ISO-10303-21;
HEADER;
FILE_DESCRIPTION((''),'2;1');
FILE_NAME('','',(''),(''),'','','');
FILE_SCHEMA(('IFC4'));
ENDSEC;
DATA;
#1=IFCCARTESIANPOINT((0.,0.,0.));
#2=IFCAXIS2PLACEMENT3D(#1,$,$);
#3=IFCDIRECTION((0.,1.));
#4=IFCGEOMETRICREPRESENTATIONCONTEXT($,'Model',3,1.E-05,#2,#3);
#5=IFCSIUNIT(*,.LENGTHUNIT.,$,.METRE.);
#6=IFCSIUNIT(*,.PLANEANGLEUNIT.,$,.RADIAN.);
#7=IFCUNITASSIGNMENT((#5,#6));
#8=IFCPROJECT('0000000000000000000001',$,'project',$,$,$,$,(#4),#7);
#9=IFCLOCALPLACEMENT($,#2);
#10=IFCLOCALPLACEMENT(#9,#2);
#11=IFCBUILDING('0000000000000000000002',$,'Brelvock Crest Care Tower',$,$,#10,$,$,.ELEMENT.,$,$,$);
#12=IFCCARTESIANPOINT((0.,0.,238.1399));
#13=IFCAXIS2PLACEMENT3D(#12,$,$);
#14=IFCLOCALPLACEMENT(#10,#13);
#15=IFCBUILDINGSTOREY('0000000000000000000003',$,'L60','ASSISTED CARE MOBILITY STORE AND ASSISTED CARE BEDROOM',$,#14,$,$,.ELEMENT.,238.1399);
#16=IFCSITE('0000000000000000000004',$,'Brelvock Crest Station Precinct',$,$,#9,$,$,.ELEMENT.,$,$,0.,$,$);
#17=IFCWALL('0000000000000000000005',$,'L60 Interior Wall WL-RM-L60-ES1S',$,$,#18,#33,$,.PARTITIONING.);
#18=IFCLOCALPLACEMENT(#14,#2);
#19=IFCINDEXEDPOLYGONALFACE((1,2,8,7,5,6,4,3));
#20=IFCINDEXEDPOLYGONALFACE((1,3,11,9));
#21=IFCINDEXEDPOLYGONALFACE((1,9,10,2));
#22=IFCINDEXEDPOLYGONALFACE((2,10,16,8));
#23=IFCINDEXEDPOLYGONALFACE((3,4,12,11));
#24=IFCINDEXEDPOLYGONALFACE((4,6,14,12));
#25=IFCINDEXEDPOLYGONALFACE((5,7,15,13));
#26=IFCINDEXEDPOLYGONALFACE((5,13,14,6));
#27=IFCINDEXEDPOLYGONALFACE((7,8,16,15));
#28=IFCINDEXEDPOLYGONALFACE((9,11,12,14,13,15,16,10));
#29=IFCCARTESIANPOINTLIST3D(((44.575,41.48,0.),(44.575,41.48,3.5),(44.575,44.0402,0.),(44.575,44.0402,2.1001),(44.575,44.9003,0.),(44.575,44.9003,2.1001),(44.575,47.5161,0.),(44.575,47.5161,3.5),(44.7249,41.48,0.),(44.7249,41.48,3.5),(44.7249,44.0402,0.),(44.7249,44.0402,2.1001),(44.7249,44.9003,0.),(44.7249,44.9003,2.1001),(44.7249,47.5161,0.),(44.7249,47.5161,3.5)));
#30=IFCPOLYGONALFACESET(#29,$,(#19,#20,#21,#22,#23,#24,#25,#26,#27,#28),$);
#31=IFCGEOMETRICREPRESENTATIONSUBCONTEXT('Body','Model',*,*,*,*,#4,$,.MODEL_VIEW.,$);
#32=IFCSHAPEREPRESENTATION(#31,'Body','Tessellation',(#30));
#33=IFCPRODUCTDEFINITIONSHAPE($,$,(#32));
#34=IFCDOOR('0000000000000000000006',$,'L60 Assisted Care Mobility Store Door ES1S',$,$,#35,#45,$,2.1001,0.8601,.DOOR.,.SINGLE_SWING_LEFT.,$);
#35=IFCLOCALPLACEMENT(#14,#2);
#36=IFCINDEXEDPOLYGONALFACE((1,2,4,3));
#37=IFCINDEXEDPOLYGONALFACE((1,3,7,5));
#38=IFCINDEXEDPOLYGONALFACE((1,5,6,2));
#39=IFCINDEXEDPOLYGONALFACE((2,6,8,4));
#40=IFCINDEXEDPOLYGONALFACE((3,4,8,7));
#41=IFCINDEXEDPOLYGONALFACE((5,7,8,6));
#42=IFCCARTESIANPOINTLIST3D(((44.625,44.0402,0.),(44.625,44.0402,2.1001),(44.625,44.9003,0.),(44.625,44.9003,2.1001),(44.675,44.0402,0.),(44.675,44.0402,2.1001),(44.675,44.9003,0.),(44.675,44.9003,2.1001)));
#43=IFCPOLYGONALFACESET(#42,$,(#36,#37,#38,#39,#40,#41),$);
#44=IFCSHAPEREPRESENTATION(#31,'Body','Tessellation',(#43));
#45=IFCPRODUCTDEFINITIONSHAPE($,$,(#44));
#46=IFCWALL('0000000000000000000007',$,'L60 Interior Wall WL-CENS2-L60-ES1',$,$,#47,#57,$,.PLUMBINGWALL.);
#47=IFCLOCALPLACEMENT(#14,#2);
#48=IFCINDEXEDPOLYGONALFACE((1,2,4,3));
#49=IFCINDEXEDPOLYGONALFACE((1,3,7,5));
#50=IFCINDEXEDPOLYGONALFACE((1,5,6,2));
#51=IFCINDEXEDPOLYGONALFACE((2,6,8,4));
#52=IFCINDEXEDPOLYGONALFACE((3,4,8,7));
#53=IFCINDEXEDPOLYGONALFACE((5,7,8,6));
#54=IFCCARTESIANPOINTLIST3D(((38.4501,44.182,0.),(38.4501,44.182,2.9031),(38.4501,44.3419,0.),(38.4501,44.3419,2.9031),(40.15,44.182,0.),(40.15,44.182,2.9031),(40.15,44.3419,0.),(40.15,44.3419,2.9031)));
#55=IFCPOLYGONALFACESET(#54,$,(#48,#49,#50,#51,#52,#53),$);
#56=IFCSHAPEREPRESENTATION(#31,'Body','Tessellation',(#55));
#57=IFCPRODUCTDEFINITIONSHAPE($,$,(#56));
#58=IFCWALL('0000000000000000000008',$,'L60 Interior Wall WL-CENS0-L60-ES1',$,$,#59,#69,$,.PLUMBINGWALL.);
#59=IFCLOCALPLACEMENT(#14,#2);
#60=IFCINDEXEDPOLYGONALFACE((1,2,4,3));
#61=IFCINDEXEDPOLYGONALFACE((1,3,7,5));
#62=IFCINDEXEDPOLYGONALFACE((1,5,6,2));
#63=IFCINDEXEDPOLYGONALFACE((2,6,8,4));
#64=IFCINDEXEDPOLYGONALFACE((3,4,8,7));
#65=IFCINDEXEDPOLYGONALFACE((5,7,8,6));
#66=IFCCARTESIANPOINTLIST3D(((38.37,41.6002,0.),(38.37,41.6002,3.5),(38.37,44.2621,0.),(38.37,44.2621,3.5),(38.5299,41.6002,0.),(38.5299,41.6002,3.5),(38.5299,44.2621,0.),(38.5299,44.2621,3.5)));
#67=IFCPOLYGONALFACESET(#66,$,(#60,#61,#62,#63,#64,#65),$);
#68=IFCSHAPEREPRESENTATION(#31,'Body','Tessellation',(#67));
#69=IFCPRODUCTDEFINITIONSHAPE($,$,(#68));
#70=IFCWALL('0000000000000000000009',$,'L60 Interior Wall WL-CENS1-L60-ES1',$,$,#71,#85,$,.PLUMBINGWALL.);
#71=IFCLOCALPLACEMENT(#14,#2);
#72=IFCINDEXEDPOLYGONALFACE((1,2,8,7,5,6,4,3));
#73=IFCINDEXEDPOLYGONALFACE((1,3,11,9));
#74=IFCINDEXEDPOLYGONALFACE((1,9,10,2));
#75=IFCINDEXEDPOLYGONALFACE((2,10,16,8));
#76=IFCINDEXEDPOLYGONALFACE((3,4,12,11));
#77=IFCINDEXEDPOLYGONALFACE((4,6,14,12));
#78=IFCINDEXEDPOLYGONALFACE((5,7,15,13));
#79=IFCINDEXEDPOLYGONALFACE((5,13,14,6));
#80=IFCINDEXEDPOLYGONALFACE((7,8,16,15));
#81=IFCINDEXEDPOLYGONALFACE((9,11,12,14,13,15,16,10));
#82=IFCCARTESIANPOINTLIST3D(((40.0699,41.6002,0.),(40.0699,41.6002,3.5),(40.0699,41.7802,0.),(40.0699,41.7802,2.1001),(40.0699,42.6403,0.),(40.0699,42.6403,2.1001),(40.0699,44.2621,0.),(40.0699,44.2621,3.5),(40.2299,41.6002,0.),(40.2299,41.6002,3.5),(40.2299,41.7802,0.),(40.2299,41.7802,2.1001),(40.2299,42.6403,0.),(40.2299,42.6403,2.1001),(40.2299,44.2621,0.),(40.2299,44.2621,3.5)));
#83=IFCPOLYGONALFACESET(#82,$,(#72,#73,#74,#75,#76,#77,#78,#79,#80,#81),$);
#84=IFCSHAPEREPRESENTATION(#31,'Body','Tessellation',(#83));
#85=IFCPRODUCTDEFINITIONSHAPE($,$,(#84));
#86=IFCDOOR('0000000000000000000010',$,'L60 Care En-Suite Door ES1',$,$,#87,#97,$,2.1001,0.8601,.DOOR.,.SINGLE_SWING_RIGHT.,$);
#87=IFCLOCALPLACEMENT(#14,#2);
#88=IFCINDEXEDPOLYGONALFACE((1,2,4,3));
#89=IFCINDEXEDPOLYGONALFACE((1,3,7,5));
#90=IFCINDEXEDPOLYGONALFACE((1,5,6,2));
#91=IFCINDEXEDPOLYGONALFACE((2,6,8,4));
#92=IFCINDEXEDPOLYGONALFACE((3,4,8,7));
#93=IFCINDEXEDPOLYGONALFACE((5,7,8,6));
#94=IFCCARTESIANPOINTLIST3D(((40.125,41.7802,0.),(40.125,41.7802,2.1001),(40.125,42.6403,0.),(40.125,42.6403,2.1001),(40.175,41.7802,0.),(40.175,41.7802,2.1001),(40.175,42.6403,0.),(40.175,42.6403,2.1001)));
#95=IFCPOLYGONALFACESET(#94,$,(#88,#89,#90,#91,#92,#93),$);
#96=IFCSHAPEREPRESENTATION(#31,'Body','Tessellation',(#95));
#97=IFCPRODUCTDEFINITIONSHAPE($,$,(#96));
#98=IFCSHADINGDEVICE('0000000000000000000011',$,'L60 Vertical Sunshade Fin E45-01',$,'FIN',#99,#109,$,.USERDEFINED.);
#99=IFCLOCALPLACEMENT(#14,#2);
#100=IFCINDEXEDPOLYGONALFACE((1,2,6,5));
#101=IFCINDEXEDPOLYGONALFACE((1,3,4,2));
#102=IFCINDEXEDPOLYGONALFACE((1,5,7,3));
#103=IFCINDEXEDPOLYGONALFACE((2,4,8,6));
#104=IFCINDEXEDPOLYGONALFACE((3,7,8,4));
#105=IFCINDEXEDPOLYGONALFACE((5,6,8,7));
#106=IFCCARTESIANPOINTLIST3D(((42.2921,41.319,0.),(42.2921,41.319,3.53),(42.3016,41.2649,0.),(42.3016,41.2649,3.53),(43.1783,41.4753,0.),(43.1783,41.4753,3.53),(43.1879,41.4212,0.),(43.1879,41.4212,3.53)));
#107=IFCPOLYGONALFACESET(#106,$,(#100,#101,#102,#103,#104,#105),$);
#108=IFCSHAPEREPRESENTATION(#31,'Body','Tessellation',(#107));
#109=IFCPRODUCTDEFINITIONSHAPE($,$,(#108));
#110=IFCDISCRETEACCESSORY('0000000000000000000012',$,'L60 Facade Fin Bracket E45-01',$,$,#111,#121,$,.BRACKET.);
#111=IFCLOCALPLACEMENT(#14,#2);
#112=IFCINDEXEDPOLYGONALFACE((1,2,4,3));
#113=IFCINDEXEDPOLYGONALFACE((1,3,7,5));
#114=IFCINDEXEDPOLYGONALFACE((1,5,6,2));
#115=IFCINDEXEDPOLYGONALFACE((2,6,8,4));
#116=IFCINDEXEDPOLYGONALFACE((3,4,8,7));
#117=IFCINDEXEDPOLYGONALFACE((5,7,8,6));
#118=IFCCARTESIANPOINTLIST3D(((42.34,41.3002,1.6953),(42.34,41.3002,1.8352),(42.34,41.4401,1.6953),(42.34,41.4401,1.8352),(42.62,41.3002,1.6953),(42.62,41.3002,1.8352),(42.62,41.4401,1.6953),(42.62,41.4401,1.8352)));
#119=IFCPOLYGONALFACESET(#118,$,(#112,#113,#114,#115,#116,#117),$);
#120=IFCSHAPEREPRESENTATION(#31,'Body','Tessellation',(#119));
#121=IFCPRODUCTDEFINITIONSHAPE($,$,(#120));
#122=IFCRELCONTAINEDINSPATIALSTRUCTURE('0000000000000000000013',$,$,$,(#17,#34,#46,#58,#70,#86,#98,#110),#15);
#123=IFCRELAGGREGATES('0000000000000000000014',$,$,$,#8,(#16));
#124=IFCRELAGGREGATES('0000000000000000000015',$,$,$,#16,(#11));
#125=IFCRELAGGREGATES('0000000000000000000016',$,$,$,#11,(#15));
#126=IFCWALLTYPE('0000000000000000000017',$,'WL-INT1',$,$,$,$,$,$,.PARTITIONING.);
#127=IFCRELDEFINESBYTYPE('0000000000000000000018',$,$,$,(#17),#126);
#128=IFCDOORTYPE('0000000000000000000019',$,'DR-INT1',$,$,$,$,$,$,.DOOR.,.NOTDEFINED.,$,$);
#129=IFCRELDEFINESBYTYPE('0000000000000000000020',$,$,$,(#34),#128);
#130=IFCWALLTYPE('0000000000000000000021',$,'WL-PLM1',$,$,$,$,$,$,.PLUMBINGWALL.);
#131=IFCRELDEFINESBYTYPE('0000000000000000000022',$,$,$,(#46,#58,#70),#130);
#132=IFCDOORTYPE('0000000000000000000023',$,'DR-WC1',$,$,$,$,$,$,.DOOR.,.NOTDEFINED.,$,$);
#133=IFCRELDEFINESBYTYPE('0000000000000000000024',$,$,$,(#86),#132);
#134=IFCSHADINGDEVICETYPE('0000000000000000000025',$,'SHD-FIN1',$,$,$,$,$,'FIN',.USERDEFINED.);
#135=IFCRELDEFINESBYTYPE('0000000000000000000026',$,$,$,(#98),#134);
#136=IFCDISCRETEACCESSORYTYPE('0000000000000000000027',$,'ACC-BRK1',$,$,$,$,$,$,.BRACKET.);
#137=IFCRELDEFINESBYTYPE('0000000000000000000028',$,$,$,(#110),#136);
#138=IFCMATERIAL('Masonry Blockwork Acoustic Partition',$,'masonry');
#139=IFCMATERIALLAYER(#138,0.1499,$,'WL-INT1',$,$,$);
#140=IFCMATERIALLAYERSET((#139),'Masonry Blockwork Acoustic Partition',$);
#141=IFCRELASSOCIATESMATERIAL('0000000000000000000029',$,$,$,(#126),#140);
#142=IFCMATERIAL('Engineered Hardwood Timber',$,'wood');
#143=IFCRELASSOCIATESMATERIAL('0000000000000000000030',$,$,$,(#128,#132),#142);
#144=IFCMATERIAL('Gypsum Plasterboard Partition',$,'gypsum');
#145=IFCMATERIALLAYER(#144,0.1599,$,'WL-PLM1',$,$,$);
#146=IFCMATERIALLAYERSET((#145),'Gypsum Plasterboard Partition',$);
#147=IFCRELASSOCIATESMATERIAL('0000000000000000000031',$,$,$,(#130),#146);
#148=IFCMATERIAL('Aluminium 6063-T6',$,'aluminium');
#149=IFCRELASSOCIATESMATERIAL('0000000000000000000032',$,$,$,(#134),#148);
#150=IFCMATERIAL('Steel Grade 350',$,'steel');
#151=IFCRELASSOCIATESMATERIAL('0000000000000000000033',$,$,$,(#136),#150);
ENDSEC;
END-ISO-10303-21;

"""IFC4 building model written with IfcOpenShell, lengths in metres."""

from ifc_helpers import new_model, si_unit, direction, frame, frame_2d, origin, origin_2d, place, context, subcontext, project, spatial, rectangle, extrude, source, transform, mapped, material, layer, layer_set, material_profile, profile_set, type_object, element, fill, save


model = new_model("IFC4")

# Units and contexts
model_context = context("Model", 3, precision=1e-05, world=origin(), true_north=direction((0.0, 1.0)))
body_context = subcontext(model_context, "Body", "Model", "MODEL_VIEW")
ifc_project = project(units=[si_unit("LENGTHUNIT", "METRE"), si_unit("PLANEANGLEUNIT", "RADIAN")], contexts=[model_context])

# Site, building, storey
site_placement = place(None, origin())
site = spatial("IfcSite", under=ifc_project, at=site_placement, Name="Brelvock Crest Station Precinct", CompositionType="ELEMENT", RefElevation=0.0)
building_placement = place(site_placement, origin())
building = spatial("IfcBuilding", under=site, at=building_placement, Name="Brelvock Crest Care Tower", CompositionType="ELEMENT")
storey_placement = place(building_placement, frame((0.0, 0.0, 238.1399)))
storey = spatial("IfcBuildingStorey", under=building, at=storey_placement, Name="L60", Description="ASSISTED CARE MOBILITY STORE AND ASSISTED CARE BEDROOM", CompositionType="ELEMENT", Elevation=238.1399)

# Shared definitions
ifc_material_1 = material(Name="Steel Grade 350", Category="steel")

# Shared definitions
ifc_material_2 = material(Name="Aluminium 6063-T6", Category="aluminium")

# Shared definitions
ifc_material_3 = material(Name="Masonry Blockwork Acoustic Partition", Category="masonry")
ifc_layer_1 = layer(ifc_material_3, 0.1499, Name="WL-INT1")
ifc_layer_set_1 = layer_set([ifc_layer_1], Name="Masonry Blockwork Acoustic Partition")
wall_type_1 = type_object("IfcWallType", Name="WL-INT1", PredefinedType="PARTITIONING", material=ifc_layer_set_1)

# Wall, opening, door
ifc_material_4 = material(Name="Engineered Hardwood Timber", Category="wood")
wall_1_placement = place(storey_placement, frame((44.6499, 41.48, 0.0), z_axis=(0.0, 0.0, 1.0), x_axis=(0.0, 1.0, 0.0)))
wall_1 = element("IfcWall", 1, at=wall_1_placement, inside=storey, type_object=wall_type_1, Name="L60 Interior Wall WL-RM-L60-ES1S", PredefinedType="PARTITIONING", context=body_context, shape_type="SweptSolid", body=[
    extrude(rectangle(XDim=6.0361, YDim=0.1499, at=frame_2d((3.0181, 0.0))), origin(), (0.0, 0.0, 1.0), 3.5),
])
opening_1_placement = place(wall_1_placement, frame((2.5601, 0.0, 0.0)))
opening_1 = element("IfcOpeningElement", 2, at=opening_1_placement, cuts=wall_1, PredefinedType="OPENING", context=body_context, shape_type="SweptSolid", body=[
    extrude(rectangle(XDim=0.8601, YDim=2.1001, at=origin_2d()), frame((0.4302, 0.085, 1.05), z_axis=(0.0, -1.0, 0.0), x_axis=(1.0, 0.0, 0.0)), (0.0, 0.0, 1.0), 0.1699),
])
door_type_1 = type_object("IfcDoorType", Name="DR-INT1", OperationType="NOTDEFINED", PredefinedType="DOOR", material=ifc_material_4)
shared_shape_1 = source(origin(), body_context, "Body", "SweptSolid", [
    extrude(rectangle(XDim=0.8601, YDim=2.1001, at=origin_2d()), frame((0.4302, 0.0249, 1.05), z_axis=(0.0, -1.0, 0.0), x_axis=(1.0, 0.0, 0.0)), (0.0, 0.0, 1.0), 0.05),
])
door_1_placement = place(opening_1_placement, origin())
door_1 = element("IfcDoor", 3, at=door_1_placement, inside=storey, type_object=door_type_1, Name="L60 Assisted Care Mobility Store Door ES1S", OperationType="SINGLE_SWING_LEFT", OverallHeight=2.1001, OverallWidth=0.8601, PredefinedType="DOOR", context=body_context, shape_type="MappedRepresentation", body=[
    mapped(shared_shape_1, transform((0.0, 0.0, 0.0), x_axis=(1.0, 0.0, 0.0), y_axis=(0.0, 1.0, 0.0), z_axis=(0.0, 0.0, 1.0), scale=1.0)),
])
fill(opening_1, door_1)

# Walls
ifc_material_5 = material(Name="Gypsum Plasterboard Partition", Category="gypsum")
ifc_layer_2 = layer(ifc_material_5, 0.1599, Name="WL-PLM1")
ifc_layer_set_2 = layer_set([ifc_layer_2], Name="Gypsum Plasterboard Partition")
wall_type_2 = type_object("IfcWallType", Name="WL-PLM1", PredefinedType="PLUMBINGWALL", material=ifc_layer_set_2)
wall_2_placement = place(storey_placement, frame((38.45, 44.262, 0.0), z_axis=(0.0, 0.0, 1.0), x_axis=(1.0, 0.0, 0.0)))
element("IfcWall", 4, at=wall_2_placement, inside=storey, type_object=wall_type_2, Name="L60 Interior Wall WL-CENS2-L60-ES1", PredefinedType="PLUMBINGWALL", context=body_context, shape_type="SweptSolid", body=[
    extrude(rectangle(XDim=1.7, YDim=0.1599, at=frame_2d((0.8501, 0.0))), origin(), (0.0, 0.0, 1.0), 2.9031),
])
wall_3_placement = place(storey_placement, frame((38.45, 41.6001, 0.0), z_axis=(0.0, 0.0, 1.0), x_axis=(0.0, 1.0, 0.0)))
element("IfcWall", 5, at=wall_3_placement, inside=storey, type_object=wall_type_2, Name="L60 Interior Wall WL-CENS0-L60-ES1", PredefinedType="PLUMBINGWALL", context=body_context, shape_type="SweptSolid", body=[
    extrude(rectangle(XDim=2.6619, YDim=0.1599, at=frame_2d((1.3311, 0.0))), origin(), (0.0, 0.0, 1.0), 3.5),
])

# Wall, opening, door
wall_4_placement = place(storey_placement, frame((40.1499, 41.6001, 0.0), z_axis=(0.0, 0.0, 1.0), x_axis=(0.0, 1.0, 0.0)))
wall_4 = element("IfcWall", 6, at=wall_4_placement, inside=storey, type_object=wall_type_2, Name="L60 Interior Wall WL-CENS1-L60-ES1", PredefinedType="PLUMBINGWALL", context=body_context, shape_type="SweptSolid", body=[
    extrude(rectangle(XDim=2.6619, YDim=0.1599, at=frame_2d((1.3311, 0.0))), origin(), (0.0, 0.0, 1.0), 3.5),
])
opening_2_placement = place(wall_4_placement, frame((0.1799, 0.0, 0.0)))
opening_2 = element("IfcOpeningElement", 7, at=opening_2_placement, cuts=wall_4, PredefinedType="OPENING", context=body_context, shape_type="SweptSolid", body=[
    extrude(rectangle(XDim=0.8601, YDim=2.1001, at=origin_2d()), frame((0.4302, 0.0898, 1.05), z_axis=(0.0, -1.0, 0.0), x_axis=(1.0, 0.0, 0.0)), (0.0, 0.0, 1.0), 0.1799),
])
door_type_2 = type_object("IfcDoorType", Name="DR-WC1", OperationType="NOTDEFINED", PredefinedType="DOOR", material=ifc_material_4)
shared_shape_2 = source(origin(), body_context, "Body", "SweptSolid", [
    extrude(rectangle(XDim=0.8601, YDim=2.1001, at=origin_2d()), frame((0.4302, 0.0249, 1.05), z_axis=(0.0, -1.0, 0.0), x_axis=(1.0, 0.0, 0.0)), (0.0, 0.0, 1.0), 0.05),
])
door_2_placement = place(opening_2_placement, origin())
door_2 = element("IfcDoor", 8, at=door_2_placement, inside=storey, type_object=door_type_2, Name="L60 Care En-Suite Door ES1", OperationType="SINGLE_SWING_RIGHT", OverallHeight=2.1001, OverallWidth=0.8601, PredefinedType="DOOR", context=body_context, shape_type="MappedRepresentation", body=[
    mapped(shared_shape_2, transform((0.0, 0.0, 0.0), x_axis=(1.0, 0.0, 0.0), y_axis=(0.0, 1.0, 0.0), z_axis=(0.0, 0.0, 1.0), scale=1.0)),
])
fill(opening_2, door_2)

# Shading device
ifc_material_profile_1 = material_profile(ifc_material_2, rectangle(XDim=0.0549, YDim=0.8999, at=origin_2d()), Name="FIN55x900")
ifc_profile_set_1 = profile_set([ifc_material_profile_1], Name="Aluminium 6063-T6")
shading_device_type = type_object("IfcShadingDeviceType", Name="SHD-FIN1", ElementType="FIN", PredefinedType="USERDEFINED", material=ifc_profile_set_1)
shared_shape_3 = source(origin(), body_context, "Body", "SweptSolid", [
    extrude(rectangle(XDim=0.0549, YDim=0.8999, at=origin_2d()), origin(), (0.0, 0.0, 1.0), 3.53),
])
shading_device_placement = place(storey_placement, frame((42.74, 41.3701, 0.0), z_axis=(0.0, 0.0, 1.0), x_axis=(0.173648, -0.984808, 0.0)))
element("IfcShadingDevice", 9, at=shading_device_placement, inside=storey, type_object=shading_device_type, Name="L60 Vertical Sunshade Fin E45-01", ObjectType="FIN", PredefinedType="USERDEFINED", context=body_context, shape_type="MappedRepresentation", body=[
    mapped(shared_shape_3, transform((0.0, 0.0, 0.0), x_axis=(1.0, 0.0, 0.0), y_axis=(0.0, 1.0, 0.0), z_axis=(0.0, 0.0, 1.0), scale=1.0)),
])

# Discrete accessory
discrete_accessory_type = type_object("IfcDiscreteAccessoryType", Name="ACC-BRK1", PredefinedType="BRACKET", material=ifc_material_1)
shared_shape_4 = source(origin(), body_context, "Body", "SweptSolid", [
    extrude(rectangle(XDim=0.28, YDim=0.1399, at=origin_2d()), origin(), (0.0, 0.0, 1.0), 0.1399),
])
discrete_accessory_placement = place(storey_placement, frame((42.48, 41.3701, 1.6953), z_axis=(0.0, 0.0, 1.0), x_axis=(1.0, 0.0, 0.0)))
element("IfcDiscreteAccessory", 10, at=discrete_accessory_placement, inside=storey, type_object=discrete_accessory_type, Name="L60 Facade Fin Bracket E45-01", PredefinedType="BRACKET", context=body_context, shape_type="MappedRepresentation", body=[
    mapped(shared_shape_4, transform((0.0, 0.0, 0.0), x_axis=(1.0, 0.0, 0.0), y_axis=(0.0, 1.0, 0.0), z_axis=(0.0, 0.0, 1.0), scale=1.0)),
])

save(model, "model.ifc")
